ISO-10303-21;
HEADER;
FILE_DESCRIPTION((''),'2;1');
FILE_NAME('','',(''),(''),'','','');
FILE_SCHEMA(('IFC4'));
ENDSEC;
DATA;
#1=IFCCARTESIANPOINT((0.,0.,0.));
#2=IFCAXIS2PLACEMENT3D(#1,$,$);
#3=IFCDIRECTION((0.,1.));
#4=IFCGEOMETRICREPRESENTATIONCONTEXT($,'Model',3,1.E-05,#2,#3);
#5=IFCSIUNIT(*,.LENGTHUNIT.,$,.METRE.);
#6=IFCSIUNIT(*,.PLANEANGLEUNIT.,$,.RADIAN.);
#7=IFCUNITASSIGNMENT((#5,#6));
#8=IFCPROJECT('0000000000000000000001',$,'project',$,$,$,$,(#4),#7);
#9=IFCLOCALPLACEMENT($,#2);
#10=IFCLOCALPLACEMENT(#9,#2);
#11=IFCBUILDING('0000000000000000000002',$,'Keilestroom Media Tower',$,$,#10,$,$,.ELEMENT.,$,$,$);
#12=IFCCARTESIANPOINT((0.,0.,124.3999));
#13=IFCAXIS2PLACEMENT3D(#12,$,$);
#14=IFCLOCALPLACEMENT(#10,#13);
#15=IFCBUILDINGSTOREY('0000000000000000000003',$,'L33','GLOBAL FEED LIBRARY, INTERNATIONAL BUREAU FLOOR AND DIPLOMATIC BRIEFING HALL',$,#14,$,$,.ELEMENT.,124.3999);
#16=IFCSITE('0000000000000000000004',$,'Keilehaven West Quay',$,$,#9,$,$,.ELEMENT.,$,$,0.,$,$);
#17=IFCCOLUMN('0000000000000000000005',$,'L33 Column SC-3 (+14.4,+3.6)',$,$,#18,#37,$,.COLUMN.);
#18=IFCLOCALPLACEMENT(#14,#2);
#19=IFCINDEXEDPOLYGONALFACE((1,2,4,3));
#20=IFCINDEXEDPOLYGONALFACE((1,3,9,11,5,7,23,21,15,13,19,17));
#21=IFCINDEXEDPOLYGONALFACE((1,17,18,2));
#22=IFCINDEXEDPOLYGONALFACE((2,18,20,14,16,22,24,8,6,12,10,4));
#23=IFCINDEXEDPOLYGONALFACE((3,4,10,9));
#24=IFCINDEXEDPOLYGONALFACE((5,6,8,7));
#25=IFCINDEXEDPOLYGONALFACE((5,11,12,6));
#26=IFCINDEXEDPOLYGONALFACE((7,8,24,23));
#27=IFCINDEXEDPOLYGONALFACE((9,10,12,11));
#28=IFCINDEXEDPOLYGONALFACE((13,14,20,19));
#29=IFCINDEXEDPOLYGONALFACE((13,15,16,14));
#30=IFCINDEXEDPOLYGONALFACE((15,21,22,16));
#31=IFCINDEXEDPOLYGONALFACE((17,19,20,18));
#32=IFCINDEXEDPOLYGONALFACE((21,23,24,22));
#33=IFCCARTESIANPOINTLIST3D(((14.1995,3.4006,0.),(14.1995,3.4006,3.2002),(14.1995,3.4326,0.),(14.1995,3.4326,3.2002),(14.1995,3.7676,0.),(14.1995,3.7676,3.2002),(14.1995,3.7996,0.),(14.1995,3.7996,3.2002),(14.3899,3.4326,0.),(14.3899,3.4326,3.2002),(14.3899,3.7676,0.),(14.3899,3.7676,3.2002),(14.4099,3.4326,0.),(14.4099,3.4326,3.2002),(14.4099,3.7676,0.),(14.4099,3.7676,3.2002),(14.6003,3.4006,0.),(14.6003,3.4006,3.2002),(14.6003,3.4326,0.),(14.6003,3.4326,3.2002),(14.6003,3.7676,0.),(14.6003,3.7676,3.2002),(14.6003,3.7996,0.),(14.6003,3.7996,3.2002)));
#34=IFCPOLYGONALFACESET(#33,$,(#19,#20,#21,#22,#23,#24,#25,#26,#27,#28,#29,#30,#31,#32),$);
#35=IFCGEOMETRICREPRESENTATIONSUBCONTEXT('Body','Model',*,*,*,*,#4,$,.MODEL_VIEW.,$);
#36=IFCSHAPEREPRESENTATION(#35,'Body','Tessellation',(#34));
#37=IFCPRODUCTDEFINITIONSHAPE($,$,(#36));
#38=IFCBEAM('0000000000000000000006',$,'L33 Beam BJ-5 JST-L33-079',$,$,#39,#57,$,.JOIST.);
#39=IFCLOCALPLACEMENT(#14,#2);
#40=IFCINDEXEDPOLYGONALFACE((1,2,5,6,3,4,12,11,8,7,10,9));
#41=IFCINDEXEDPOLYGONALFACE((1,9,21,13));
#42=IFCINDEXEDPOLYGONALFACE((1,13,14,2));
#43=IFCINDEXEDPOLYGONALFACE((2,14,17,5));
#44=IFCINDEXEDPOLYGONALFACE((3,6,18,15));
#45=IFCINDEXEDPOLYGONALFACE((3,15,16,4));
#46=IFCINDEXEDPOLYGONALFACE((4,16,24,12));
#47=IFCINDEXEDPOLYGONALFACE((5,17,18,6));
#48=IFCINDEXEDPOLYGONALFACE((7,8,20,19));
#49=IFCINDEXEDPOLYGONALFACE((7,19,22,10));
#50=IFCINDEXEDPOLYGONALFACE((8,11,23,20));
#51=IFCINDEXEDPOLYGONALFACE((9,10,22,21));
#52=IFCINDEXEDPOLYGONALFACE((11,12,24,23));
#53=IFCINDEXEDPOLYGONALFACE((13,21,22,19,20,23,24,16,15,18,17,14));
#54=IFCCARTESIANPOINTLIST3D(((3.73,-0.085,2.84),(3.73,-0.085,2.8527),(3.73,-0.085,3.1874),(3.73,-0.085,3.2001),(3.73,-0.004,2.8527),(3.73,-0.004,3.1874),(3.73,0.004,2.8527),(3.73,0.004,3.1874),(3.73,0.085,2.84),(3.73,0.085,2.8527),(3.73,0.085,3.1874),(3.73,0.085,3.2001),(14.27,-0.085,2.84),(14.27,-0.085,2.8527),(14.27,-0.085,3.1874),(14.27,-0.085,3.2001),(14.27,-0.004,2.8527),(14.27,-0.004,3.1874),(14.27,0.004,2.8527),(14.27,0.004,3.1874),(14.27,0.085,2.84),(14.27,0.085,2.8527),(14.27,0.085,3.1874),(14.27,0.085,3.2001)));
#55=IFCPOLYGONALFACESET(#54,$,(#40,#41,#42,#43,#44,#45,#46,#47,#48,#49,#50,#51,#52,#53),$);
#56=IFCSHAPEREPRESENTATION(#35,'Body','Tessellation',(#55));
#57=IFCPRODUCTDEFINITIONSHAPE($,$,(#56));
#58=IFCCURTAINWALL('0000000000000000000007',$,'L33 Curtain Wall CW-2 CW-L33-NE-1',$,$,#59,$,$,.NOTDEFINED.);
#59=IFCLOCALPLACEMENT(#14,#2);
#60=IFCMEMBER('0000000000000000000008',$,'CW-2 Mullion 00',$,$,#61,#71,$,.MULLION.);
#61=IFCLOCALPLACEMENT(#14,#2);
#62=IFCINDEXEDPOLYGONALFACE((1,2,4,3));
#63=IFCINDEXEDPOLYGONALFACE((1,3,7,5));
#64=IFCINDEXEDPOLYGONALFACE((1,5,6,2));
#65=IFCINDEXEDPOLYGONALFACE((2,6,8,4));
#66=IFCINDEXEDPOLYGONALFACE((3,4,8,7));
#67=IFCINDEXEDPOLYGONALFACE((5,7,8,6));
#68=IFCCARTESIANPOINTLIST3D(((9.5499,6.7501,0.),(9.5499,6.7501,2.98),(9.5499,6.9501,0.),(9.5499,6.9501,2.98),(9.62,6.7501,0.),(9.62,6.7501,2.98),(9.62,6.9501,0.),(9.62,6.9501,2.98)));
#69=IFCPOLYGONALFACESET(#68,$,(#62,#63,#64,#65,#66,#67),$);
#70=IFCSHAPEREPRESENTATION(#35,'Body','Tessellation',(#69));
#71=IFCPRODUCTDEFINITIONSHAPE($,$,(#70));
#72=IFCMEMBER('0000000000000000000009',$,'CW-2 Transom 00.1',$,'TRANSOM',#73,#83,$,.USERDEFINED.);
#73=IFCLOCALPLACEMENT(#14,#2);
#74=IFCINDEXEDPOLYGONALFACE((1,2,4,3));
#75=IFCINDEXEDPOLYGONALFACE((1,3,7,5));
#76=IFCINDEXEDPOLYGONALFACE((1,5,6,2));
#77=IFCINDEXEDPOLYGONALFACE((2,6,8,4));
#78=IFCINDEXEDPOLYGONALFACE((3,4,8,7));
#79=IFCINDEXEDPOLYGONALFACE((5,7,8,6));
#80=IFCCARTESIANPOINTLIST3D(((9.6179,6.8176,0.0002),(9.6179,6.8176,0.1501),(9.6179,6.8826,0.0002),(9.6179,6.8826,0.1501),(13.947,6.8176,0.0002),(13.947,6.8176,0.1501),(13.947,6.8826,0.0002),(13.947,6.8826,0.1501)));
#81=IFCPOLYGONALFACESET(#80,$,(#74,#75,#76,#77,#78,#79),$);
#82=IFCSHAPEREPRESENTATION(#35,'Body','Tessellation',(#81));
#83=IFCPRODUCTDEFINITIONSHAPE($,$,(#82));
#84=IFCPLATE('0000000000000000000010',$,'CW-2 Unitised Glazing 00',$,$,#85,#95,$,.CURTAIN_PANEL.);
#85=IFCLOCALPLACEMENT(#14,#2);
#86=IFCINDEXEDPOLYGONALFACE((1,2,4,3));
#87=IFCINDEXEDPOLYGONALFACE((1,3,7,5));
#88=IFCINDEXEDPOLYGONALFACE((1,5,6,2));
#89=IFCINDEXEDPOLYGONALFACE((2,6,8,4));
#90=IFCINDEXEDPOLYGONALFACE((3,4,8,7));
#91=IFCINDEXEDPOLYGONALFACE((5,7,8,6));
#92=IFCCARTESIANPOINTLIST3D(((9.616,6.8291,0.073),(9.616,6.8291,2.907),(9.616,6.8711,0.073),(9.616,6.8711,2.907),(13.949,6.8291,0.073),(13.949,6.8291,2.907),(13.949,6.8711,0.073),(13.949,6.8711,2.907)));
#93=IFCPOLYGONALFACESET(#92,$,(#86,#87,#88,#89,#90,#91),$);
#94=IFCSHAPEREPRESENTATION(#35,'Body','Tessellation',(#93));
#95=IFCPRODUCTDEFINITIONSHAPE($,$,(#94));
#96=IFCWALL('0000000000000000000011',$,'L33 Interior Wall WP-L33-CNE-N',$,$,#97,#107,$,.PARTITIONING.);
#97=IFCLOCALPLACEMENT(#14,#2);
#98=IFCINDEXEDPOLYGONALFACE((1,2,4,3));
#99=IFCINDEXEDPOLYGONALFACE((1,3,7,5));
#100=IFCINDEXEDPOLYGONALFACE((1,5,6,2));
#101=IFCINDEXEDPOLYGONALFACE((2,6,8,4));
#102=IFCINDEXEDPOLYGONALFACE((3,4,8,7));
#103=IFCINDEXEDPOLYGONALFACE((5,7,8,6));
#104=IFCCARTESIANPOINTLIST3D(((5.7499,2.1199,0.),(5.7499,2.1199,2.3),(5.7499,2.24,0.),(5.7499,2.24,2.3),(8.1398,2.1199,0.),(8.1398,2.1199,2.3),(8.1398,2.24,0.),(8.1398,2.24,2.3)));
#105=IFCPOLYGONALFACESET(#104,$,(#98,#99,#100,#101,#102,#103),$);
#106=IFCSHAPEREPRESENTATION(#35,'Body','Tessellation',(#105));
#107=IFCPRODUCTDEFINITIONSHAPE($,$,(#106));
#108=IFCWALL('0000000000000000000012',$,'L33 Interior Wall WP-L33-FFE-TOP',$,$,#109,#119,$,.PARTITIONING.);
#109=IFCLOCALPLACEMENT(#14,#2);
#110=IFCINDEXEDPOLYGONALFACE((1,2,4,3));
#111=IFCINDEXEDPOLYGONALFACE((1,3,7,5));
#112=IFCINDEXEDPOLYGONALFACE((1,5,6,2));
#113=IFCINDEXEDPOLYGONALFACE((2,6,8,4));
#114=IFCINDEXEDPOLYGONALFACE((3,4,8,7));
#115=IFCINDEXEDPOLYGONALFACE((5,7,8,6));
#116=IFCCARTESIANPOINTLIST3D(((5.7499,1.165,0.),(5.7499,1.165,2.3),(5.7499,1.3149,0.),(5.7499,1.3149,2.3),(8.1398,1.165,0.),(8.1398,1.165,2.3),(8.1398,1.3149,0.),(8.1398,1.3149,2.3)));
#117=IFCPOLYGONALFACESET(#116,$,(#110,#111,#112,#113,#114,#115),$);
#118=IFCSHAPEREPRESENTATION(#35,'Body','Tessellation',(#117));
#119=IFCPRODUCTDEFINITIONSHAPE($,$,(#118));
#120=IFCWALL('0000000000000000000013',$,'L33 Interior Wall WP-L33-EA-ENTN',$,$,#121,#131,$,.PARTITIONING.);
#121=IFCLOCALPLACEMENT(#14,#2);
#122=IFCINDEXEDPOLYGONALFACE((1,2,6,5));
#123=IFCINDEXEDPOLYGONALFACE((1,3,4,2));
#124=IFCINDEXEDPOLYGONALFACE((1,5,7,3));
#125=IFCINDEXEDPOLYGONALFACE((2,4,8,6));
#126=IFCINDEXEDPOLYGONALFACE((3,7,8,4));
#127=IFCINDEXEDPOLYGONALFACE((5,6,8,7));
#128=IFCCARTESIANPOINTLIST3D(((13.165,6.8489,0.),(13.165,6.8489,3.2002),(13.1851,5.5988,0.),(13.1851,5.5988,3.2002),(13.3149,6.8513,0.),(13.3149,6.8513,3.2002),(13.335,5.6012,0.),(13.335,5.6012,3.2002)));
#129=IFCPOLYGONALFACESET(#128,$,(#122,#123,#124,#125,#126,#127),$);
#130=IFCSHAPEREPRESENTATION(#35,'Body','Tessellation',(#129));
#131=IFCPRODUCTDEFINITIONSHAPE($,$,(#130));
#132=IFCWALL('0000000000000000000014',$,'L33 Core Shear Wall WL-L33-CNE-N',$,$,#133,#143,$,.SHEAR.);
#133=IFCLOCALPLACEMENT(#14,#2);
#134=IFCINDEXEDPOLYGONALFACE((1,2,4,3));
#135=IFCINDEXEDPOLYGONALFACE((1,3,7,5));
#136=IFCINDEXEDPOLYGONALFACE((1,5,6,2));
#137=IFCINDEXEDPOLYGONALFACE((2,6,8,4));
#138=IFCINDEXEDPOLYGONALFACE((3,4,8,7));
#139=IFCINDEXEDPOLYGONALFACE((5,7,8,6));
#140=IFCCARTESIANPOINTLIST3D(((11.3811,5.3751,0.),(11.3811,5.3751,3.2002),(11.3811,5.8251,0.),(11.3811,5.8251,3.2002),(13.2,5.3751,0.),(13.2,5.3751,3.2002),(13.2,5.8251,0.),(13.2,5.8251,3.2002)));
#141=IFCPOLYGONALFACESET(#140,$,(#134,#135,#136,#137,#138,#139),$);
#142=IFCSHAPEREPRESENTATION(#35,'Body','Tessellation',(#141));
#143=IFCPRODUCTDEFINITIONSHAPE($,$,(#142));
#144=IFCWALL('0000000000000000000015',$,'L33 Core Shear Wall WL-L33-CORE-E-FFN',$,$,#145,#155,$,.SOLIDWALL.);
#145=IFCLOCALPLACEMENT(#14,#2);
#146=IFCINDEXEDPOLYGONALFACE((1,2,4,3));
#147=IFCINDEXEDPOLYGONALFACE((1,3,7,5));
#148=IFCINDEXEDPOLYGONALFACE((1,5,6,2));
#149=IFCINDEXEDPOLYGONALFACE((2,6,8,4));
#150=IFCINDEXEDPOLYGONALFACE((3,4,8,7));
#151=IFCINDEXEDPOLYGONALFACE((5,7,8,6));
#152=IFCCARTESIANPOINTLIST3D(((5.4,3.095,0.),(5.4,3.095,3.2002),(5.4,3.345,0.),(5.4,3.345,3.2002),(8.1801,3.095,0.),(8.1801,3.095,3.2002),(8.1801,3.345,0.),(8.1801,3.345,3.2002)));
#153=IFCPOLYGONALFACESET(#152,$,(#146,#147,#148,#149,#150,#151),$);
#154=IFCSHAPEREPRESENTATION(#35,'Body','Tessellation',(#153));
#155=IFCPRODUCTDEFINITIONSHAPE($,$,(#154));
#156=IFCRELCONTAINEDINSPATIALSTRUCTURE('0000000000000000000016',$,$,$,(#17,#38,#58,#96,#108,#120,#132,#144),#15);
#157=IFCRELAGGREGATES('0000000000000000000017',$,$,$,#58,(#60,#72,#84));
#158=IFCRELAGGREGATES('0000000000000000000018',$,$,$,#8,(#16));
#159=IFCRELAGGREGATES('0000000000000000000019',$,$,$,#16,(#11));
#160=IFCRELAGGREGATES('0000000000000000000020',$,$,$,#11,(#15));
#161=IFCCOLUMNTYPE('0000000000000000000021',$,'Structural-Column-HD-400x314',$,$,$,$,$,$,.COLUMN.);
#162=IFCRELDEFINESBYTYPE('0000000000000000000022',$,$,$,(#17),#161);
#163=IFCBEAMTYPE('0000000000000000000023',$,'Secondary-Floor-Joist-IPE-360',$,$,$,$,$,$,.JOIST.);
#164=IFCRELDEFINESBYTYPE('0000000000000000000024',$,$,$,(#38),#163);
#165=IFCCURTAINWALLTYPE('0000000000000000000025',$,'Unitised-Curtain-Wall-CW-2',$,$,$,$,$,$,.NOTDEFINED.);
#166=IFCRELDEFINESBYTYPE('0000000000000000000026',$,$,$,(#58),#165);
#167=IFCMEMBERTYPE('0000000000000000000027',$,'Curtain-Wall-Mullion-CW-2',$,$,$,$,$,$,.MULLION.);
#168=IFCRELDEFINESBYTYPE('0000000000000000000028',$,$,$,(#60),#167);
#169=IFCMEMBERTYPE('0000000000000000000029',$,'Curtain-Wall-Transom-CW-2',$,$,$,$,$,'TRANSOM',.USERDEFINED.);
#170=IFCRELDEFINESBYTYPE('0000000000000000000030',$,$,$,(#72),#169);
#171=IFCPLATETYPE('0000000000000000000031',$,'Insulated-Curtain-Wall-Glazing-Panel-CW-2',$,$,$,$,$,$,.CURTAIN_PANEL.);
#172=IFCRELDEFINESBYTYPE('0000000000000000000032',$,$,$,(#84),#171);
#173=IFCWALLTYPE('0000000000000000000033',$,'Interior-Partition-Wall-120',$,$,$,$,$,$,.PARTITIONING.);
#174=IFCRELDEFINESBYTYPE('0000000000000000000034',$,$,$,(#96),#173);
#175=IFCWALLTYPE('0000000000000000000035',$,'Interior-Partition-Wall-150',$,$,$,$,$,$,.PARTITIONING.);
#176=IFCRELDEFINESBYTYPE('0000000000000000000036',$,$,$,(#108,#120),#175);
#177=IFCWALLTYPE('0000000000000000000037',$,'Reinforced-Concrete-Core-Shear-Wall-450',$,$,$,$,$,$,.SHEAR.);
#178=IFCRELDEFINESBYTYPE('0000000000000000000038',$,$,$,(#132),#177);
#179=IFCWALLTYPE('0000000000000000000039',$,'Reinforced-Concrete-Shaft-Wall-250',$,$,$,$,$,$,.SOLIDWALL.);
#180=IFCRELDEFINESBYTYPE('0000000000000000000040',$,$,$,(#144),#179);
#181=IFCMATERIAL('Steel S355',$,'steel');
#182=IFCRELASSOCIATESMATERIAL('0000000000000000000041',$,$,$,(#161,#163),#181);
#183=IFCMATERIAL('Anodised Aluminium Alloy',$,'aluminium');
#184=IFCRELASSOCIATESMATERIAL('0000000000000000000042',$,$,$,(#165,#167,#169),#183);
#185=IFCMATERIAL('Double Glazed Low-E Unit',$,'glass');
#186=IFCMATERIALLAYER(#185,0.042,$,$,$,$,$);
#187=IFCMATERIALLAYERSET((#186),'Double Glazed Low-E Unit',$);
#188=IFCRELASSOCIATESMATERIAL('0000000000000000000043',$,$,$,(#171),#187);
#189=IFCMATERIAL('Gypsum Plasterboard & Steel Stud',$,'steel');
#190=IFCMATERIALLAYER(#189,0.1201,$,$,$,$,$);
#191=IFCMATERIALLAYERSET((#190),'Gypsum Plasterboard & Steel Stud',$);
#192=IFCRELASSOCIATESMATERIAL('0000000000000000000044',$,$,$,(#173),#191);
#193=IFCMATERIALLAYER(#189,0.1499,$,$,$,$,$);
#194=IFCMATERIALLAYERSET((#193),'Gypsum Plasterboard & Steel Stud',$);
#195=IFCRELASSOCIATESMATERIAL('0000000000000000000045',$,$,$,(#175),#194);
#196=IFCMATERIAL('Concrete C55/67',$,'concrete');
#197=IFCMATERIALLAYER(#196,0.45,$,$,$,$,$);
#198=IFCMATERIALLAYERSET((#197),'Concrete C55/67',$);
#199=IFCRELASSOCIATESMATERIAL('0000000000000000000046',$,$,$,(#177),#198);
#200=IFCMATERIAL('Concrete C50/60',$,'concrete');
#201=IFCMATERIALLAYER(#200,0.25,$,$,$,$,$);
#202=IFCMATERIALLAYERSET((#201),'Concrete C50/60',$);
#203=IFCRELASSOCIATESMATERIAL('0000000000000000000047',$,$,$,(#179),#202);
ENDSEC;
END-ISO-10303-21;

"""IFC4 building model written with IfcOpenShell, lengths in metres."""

from ifc_helpers import new_model, si_unit, direction, frame, frame_2d, origin, origin_2d, place, context, subcontext, project, spatial, rectangle, i_section, extrude, source, transform, mapped, material, layer, layer_set, material_profile, profile_set, type_object, element, aggregate, save


model = new_model("IFC4")

# Units and contexts
model_context = context("Model", 3, precision=1e-05, world=origin(), true_north=direction((0.0, 1.0)))
body_context = subcontext(model_context, "Body", "Model", "MODEL_VIEW")
ifc_project = project(units=[si_unit("LENGTHUNIT", "METRE"), si_unit("PLANEANGLEUNIT", "RADIAN")], contexts=[model_context])

# Site, building, storey
site_placement = place(None, origin())
site = spatial("IfcSite", under=ifc_project, at=site_placement, Name="Keilehaven West Quay", CompositionType="ELEMENT", RefElevation=0.0)
building_placement = place(site_placement, origin())
building = spatial("IfcBuilding", under=site, at=building_placement, Name="Keilestroom Media Tower", CompositionType="ELEMENT")
storey_placement = place(building_placement, frame((0.0, 0.0, 124.3999)))
storey = spatial("IfcBuildingStorey", under=building, at=storey_placement, Name="L33", Description="GLOBAL FEED LIBRARY, INTERNATIONAL BUREAU FLOOR AND DIPLOMATIC BRIEFING HALL", CompositionType="ELEMENT", Elevation=124.3999)

# Column
ifc_material_1 = material(Name="Steel S355", Category="steel")
ifc_material_profile_1 = material_profile(ifc_material_1, i_section(OverallWidth=0.4009, OverallDepth=0.3989, WebThickness=0.02, FlangeThickness=0.032, at=origin_2d()), Name="HD 400x314")
ifc_profile_set_1 = profile_set([ifc_material_profile_1], Name="Steel S355")
column_type = type_object("IfcColumnType", Name="Structural-Column-HD-400x314", PredefinedType="COLUMN", material=ifc_profile_set_1)
shared_shape_1 = source(origin(), body_context, "Body", "SweptSolid", [
    extrude(i_section(OverallWidth=0.4009, OverallDepth=0.3989, WebThickness=0.02, FlangeThickness=0.032, at=origin_2d()), origin(), (0.0, 0.0, 1.0), 3.2002),
])
column_placement = place(storey_placement, frame((14.3999, 3.6001, 0.0), z_axis=(0.0, 0.0, 1.0), x_axis=(1.0, 0.0, 0.0)))
element("IfcColumn", 1, at=column_placement, inside=storey, type_object=column_type, Name="L33 Column SC-3 (+14.4,+3.6)", PredefinedType="COLUMN", context=body_context, shape_type="MappedRepresentation", body=[
    mapped(shared_shape_1, transform((0.0, 0.0, 0.0), x_axis=(1.0, 0.0, 0.0), y_axis=(0.0, 1.0, 0.0), z_axis=(0.0, 0.0, 1.0), scale=1.0)),
])

# Beam
ifc_material_profile_2 = material_profile(ifc_material_1, i_section(OverallWidth=0.1699, OverallDepth=0.3601, WebThickness=0.0081, FlangeThickness=0.0127, at=origin_2d()), Name="IPE 360")
ifc_profile_set_2 = profile_set([ifc_material_profile_2], Name="Steel S355")
beam_type = type_object("IfcBeamType", Name="Secondary-Floor-Joist-IPE-360", PredefinedType="JOIST", material=ifc_profile_set_2)
shared_shape_2 = source(origin(), body_context, "Body", "SweptSolid", [
    extrude(i_section(OverallWidth=0.1699, OverallDepth=0.3601, WebThickness=0.0081, FlangeThickness=0.0127, at=origin_2d()), origin(), (0.0, 0.0, 1.0), 10.54),
])
beam_placement = place(storey_placement, frame((3.73, 0.0, 3.02), z_axis=(1.0, 0.0, 0.0), x_axis=(0.0, 1.0, 0.0)))
element("IfcBeam", 2, at=beam_placement, inside=storey, type_object=beam_type, Name="L33 Beam BJ-5 JST-L33-079", PredefinedType="JOIST", context=body_context, shape_type="MappedRepresentation", body=[
    mapped(shared_shape_2, transform((0.0, 0.0, 0.0), x_axis=(1.0, 0.0, 0.0), y_axis=(0.0, 1.0, 0.0), z_axis=(0.0, 0.0, 1.0), scale=1.0)),
])

# Curtain wall, members, plate
ifc_material_2 = material(Name="Anodised Aluminium Alloy", Category="aluminium")
curtain_wall_type = type_object("IfcCurtainWallType", Name="Unitised-Curtain-Wall-CW-2", PredefinedType="NOTDEFINED", material=ifc_material_2)
curtain_wall_placement = place(storey_placement, origin())
curtain_wall = element("IfcCurtainWall", 3, at=curtain_wall_placement, inside=storey, type_object=curtain_wall_type, Name="L33 Curtain Wall CW-2 CW-L33-NE-1", PredefinedType="NOTDEFINED")
ifc_material_profile_3 = material_profile(ifc_material_2, rectangle(XDim=0.0701, YDim=0.2, at=origin_2d()), Name="ALU MULLION 70x200")
ifc_profile_set_3 = profile_set([ifc_material_profile_3], Name="Anodised Aluminium Alloy")
member_type_1 = type_object("IfcMemberType", Name="Curtain-Wall-Mullion-CW-2", PredefinedType="MULLION", material=ifc_profile_set_3)
shared_shape_3 = source(origin(), body_context, "Body", "SweptSolid", [
    extrude(rectangle(XDim=0.0701, YDim=0.2, at=origin_2d()), origin(), (0.0, 0.0, 1.0), 2.98),
])
member_1_placement = place(storey_placement, frame((9.585, 6.8501, 0.0), z_axis=(0.0, 0.0, 1.0), x_axis=(1.0, 0.0, 0.0)))
member_1 = element("IfcMember", 4, at=member_1_placement, type_object=member_type_1, Name="CW-2 Mullion 00", PredefinedType="MULLION", context=body_context, shape_type="MappedRepresentation", body=[
    mapped(shared_shape_3, transform((0.0, 0.0, 0.0), x_axis=(1.0, 0.0, 0.0), y_axis=(0.0, 1.0, 0.0), z_axis=(0.0, 0.0, 1.0), scale=1.0)),
])
ifc_material_profile_4 = material_profile(ifc_material_2, rectangle(XDim=0.0649, YDim=0.1499, at=origin_2d()), Name="ALU TRANSOM 65x150")
ifc_profile_set_4 = profile_set([ifc_material_profile_4], Name="Anodised Aluminium Alloy")
member_type_2 = type_object("IfcMemberType", Name="Curtain-Wall-Transom-CW-2", ElementType="TRANSOM", PredefinedType="USERDEFINED", material=ifc_profile_set_4)
shared_shape_4 = source(origin(), body_context, "Body", "SweptSolid", [
    extrude(rectangle(XDim=0.0649, YDim=0.1499, at=origin_2d()), origin(), (0.0, 0.0, 1.0), 4.3291),
])
member_2_placement = place(storey_placement, frame((9.6179, 6.8501, 0.0752), z_axis=(1.0, 0.0, 0.0), x_axis=(0.0, 1.0, 0.0)))
member_2 = element("IfcMember", 5, at=member_2_placement, type_object=member_type_2, Name="CW-2 Transom 00.1", ObjectType="TRANSOM", PredefinedType="USERDEFINED", context=body_context, shape_type="MappedRepresentation", body=[
    mapped(shared_shape_4, transform((0.0, 0.0, 0.0), x_axis=(1.0, 0.0, 0.0), y_axis=(0.0, 1.0, 0.0), z_axis=(0.0, 0.0, 1.0), scale=1.0)),
])
ifc_material_3 = material(Name="Double Glazed Low-E Unit", Category="glass")
ifc_layer_1 = layer(ifc_material_3, 0.042)
ifc_layer_set_1 = layer_set([ifc_layer_1], Name="Double Glazed Low-E Unit")
plate_type = type_object("IfcPlateType", Name="Insulated-Curtain-Wall-Glazing-Panel-CW-2", PredefinedType="CURTAIN_PANEL", material=ifc_layer_set_1)
shared_shape_5 = source(origin(), body_context, "Body", "SweptSolid", [
    extrude(rectangle(XDim=4.333, YDim=0.042, at=origin_2d()), origin(), (0.0, 0.0, 1.0), 2.834),
])
plate_placement = place(storey_placement, frame((11.7825, 6.8501, 0.073), z_axis=(0.0, 0.0, 1.0), x_axis=(1.0, 0.0, 0.0)))
plate = element("IfcPlate", 6, at=plate_placement, type_object=plate_type, Name="CW-2 Unitised Glazing 00", PredefinedType="CURTAIN_PANEL", context=body_context, shape_type="MappedRepresentation", body=[
    mapped(shared_shape_5, transform((0.0, 0.0, 0.0), x_axis=(1.0, 0.0, 0.0), y_axis=(0.0, 1.0, 0.0), z_axis=(0.0, 0.0, 1.0), scale=1.0)),
])
aggregate(curtain_wall, [member_1, member_2, plate])

# Walls
ifc_material_4 = material(Name="Gypsum Plasterboard & Steel Stud", Category="steel")
ifc_layer_2 = layer(ifc_material_4, 0.1201)
ifc_layer_set_2 = layer_set([ifc_layer_2], Name="Gypsum Plasterboard & Steel Stud")
wall_type_1 = type_object("IfcWallType", Name="Interior-Partition-Wall-120", PredefinedType="PARTITIONING", material=ifc_layer_set_2)
wall_1_placement = place(storey_placement, frame((5.75, 2.1799, 0.0), z_axis=(0.0, 0.0, 1.0), x_axis=(1.0, 0.0, 0.0)))
element("IfcWall", 7, at=wall_1_placement, inside=storey, type_object=wall_type_1, Name="L33 Interior Wall WP-L33-CNE-N", PredefinedType="PARTITIONING", context=body_context, shape_type="SweptSolid", body=[
    extrude(rectangle(XDim=2.3899, YDim=0.1201, at=frame_2d((1.1948, 0.0))), origin(), (0.0, 0.0, 1.0), 2.3),
])
ifc_layer_3 = layer(ifc_material_4, 0.1499)
ifc_layer_set_3 = layer_set([ifc_layer_3], Name="Gypsum Plasterboard & Steel Stud")
wall_type_2 = type_object("IfcWallType", Name="Interior-Partition-Wall-150", PredefinedType="PARTITIONING", material=ifc_layer_set_3)
wall_2_placement = place(storey_placement, frame((5.75, 1.24, 0.0), z_axis=(0.0, 0.0, 1.0), x_axis=(1.0, 0.0, 0.0)))
element("IfcWall", 8, at=wall_2_placement, inside=storey, type_object=wall_type_2, Name="L33 Interior Wall WP-L33-FFE-TOP", PredefinedType="PARTITIONING", context=body_context, shape_type="SweptSolid", body=[
    extrude(rectangle(XDim=2.3899, YDim=0.1499, at=frame_2d((1.1948, 0.0))), origin(), (0.0, 0.0, 1.0), 2.3),
])
wall_3_placement = place(storey_placement, frame((13.26, 5.6001, 0.0), z_axis=(0.0, 0.0, 1.0), x_axis=(-0.016014, 0.999872, 0.0)))
element("IfcWall", 9, at=wall_3_placement, inside=storey, type_object=wall_type_2, Name="L33 Interior Wall WP-L33-EA-ENTN", PredefinedType="PARTITIONING", context=body_context, shape_type="SweptSolid", body=[
    extrude(rectangle(XDim=1.2502, YDim=0.1499, at=frame_2d((0.625, 0.0))), origin(), (0.0, 0.0, 1.0), 3.2002),
])
ifc_material_5 = material(Name="Concrete C55/67", Category="concrete")
ifc_layer_4 = layer(ifc_material_5, 0.45)
ifc_layer_set_4 = layer_set([ifc_layer_4], Name="Concrete C55/67")
wall_type_3 = type_object("IfcWallType", Name="Reinforced-Concrete-Core-Shear-Wall-450", PredefinedType="SHEAR", material=ifc_layer_set_4)
wall_4_placement = place(storey_placement, frame((11.3811, 5.6001, 0.0), z_axis=(0.0, 0.0, 1.0), x_axis=(1.0, 0.0, 0.0)))
element("IfcWall", 10, at=wall_4_placement, inside=storey, type_object=wall_type_3, Name="L33 Core Shear Wall WL-L33-CNE-N", PredefinedType="SHEAR", context=body_context, shape_type="SweptSolid", body=[
    extrude(rectangle(XDim=1.8188, YDim=0.45, at=frame_2d((0.9094, 0.0))), origin(), (0.0, 0.0, 1.0), 3.2002),
])
ifc_material_6 = material(Name="Concrete C50/60", Category="concrete")
ifc_layer_5 = layer(ifc_material_6, 0.25)
ifc_layer_set_5 = layer_set([ifc_layer_5], Name="Concrete C50/60")
wall_type_4 = type_object("IfcWallType", Name="Reinforced-Concrete-Shaft-Wall-250", PredefinedType="SOLIDWALL", material=ifc_layer_set_5)
wall_5_placement = place(storey_placement, frame((5.3999, 3.22, 0.0), z_axis=(0.0, 0.0, 1.0), x_axis=(1.0, 0.0, 0.0)))
element("IfcWall", 11, at=wall_5_placement, inside=storey, type_object=wall_type_4, Name="L33 Core Shear Wall WL-L33-CORE-E-FFN", PredefinedType="SOLIDWALL", context=body_context, shape_type="SweptSolid", body=[
    extrude(rectangle(XDim=2.78, YDim=0.25, at=frame_2d((1.3901, 0.0))), origin(), (0.0, 0.0, 1.0), 3.2002),
])

save(model, "model.ifc")
